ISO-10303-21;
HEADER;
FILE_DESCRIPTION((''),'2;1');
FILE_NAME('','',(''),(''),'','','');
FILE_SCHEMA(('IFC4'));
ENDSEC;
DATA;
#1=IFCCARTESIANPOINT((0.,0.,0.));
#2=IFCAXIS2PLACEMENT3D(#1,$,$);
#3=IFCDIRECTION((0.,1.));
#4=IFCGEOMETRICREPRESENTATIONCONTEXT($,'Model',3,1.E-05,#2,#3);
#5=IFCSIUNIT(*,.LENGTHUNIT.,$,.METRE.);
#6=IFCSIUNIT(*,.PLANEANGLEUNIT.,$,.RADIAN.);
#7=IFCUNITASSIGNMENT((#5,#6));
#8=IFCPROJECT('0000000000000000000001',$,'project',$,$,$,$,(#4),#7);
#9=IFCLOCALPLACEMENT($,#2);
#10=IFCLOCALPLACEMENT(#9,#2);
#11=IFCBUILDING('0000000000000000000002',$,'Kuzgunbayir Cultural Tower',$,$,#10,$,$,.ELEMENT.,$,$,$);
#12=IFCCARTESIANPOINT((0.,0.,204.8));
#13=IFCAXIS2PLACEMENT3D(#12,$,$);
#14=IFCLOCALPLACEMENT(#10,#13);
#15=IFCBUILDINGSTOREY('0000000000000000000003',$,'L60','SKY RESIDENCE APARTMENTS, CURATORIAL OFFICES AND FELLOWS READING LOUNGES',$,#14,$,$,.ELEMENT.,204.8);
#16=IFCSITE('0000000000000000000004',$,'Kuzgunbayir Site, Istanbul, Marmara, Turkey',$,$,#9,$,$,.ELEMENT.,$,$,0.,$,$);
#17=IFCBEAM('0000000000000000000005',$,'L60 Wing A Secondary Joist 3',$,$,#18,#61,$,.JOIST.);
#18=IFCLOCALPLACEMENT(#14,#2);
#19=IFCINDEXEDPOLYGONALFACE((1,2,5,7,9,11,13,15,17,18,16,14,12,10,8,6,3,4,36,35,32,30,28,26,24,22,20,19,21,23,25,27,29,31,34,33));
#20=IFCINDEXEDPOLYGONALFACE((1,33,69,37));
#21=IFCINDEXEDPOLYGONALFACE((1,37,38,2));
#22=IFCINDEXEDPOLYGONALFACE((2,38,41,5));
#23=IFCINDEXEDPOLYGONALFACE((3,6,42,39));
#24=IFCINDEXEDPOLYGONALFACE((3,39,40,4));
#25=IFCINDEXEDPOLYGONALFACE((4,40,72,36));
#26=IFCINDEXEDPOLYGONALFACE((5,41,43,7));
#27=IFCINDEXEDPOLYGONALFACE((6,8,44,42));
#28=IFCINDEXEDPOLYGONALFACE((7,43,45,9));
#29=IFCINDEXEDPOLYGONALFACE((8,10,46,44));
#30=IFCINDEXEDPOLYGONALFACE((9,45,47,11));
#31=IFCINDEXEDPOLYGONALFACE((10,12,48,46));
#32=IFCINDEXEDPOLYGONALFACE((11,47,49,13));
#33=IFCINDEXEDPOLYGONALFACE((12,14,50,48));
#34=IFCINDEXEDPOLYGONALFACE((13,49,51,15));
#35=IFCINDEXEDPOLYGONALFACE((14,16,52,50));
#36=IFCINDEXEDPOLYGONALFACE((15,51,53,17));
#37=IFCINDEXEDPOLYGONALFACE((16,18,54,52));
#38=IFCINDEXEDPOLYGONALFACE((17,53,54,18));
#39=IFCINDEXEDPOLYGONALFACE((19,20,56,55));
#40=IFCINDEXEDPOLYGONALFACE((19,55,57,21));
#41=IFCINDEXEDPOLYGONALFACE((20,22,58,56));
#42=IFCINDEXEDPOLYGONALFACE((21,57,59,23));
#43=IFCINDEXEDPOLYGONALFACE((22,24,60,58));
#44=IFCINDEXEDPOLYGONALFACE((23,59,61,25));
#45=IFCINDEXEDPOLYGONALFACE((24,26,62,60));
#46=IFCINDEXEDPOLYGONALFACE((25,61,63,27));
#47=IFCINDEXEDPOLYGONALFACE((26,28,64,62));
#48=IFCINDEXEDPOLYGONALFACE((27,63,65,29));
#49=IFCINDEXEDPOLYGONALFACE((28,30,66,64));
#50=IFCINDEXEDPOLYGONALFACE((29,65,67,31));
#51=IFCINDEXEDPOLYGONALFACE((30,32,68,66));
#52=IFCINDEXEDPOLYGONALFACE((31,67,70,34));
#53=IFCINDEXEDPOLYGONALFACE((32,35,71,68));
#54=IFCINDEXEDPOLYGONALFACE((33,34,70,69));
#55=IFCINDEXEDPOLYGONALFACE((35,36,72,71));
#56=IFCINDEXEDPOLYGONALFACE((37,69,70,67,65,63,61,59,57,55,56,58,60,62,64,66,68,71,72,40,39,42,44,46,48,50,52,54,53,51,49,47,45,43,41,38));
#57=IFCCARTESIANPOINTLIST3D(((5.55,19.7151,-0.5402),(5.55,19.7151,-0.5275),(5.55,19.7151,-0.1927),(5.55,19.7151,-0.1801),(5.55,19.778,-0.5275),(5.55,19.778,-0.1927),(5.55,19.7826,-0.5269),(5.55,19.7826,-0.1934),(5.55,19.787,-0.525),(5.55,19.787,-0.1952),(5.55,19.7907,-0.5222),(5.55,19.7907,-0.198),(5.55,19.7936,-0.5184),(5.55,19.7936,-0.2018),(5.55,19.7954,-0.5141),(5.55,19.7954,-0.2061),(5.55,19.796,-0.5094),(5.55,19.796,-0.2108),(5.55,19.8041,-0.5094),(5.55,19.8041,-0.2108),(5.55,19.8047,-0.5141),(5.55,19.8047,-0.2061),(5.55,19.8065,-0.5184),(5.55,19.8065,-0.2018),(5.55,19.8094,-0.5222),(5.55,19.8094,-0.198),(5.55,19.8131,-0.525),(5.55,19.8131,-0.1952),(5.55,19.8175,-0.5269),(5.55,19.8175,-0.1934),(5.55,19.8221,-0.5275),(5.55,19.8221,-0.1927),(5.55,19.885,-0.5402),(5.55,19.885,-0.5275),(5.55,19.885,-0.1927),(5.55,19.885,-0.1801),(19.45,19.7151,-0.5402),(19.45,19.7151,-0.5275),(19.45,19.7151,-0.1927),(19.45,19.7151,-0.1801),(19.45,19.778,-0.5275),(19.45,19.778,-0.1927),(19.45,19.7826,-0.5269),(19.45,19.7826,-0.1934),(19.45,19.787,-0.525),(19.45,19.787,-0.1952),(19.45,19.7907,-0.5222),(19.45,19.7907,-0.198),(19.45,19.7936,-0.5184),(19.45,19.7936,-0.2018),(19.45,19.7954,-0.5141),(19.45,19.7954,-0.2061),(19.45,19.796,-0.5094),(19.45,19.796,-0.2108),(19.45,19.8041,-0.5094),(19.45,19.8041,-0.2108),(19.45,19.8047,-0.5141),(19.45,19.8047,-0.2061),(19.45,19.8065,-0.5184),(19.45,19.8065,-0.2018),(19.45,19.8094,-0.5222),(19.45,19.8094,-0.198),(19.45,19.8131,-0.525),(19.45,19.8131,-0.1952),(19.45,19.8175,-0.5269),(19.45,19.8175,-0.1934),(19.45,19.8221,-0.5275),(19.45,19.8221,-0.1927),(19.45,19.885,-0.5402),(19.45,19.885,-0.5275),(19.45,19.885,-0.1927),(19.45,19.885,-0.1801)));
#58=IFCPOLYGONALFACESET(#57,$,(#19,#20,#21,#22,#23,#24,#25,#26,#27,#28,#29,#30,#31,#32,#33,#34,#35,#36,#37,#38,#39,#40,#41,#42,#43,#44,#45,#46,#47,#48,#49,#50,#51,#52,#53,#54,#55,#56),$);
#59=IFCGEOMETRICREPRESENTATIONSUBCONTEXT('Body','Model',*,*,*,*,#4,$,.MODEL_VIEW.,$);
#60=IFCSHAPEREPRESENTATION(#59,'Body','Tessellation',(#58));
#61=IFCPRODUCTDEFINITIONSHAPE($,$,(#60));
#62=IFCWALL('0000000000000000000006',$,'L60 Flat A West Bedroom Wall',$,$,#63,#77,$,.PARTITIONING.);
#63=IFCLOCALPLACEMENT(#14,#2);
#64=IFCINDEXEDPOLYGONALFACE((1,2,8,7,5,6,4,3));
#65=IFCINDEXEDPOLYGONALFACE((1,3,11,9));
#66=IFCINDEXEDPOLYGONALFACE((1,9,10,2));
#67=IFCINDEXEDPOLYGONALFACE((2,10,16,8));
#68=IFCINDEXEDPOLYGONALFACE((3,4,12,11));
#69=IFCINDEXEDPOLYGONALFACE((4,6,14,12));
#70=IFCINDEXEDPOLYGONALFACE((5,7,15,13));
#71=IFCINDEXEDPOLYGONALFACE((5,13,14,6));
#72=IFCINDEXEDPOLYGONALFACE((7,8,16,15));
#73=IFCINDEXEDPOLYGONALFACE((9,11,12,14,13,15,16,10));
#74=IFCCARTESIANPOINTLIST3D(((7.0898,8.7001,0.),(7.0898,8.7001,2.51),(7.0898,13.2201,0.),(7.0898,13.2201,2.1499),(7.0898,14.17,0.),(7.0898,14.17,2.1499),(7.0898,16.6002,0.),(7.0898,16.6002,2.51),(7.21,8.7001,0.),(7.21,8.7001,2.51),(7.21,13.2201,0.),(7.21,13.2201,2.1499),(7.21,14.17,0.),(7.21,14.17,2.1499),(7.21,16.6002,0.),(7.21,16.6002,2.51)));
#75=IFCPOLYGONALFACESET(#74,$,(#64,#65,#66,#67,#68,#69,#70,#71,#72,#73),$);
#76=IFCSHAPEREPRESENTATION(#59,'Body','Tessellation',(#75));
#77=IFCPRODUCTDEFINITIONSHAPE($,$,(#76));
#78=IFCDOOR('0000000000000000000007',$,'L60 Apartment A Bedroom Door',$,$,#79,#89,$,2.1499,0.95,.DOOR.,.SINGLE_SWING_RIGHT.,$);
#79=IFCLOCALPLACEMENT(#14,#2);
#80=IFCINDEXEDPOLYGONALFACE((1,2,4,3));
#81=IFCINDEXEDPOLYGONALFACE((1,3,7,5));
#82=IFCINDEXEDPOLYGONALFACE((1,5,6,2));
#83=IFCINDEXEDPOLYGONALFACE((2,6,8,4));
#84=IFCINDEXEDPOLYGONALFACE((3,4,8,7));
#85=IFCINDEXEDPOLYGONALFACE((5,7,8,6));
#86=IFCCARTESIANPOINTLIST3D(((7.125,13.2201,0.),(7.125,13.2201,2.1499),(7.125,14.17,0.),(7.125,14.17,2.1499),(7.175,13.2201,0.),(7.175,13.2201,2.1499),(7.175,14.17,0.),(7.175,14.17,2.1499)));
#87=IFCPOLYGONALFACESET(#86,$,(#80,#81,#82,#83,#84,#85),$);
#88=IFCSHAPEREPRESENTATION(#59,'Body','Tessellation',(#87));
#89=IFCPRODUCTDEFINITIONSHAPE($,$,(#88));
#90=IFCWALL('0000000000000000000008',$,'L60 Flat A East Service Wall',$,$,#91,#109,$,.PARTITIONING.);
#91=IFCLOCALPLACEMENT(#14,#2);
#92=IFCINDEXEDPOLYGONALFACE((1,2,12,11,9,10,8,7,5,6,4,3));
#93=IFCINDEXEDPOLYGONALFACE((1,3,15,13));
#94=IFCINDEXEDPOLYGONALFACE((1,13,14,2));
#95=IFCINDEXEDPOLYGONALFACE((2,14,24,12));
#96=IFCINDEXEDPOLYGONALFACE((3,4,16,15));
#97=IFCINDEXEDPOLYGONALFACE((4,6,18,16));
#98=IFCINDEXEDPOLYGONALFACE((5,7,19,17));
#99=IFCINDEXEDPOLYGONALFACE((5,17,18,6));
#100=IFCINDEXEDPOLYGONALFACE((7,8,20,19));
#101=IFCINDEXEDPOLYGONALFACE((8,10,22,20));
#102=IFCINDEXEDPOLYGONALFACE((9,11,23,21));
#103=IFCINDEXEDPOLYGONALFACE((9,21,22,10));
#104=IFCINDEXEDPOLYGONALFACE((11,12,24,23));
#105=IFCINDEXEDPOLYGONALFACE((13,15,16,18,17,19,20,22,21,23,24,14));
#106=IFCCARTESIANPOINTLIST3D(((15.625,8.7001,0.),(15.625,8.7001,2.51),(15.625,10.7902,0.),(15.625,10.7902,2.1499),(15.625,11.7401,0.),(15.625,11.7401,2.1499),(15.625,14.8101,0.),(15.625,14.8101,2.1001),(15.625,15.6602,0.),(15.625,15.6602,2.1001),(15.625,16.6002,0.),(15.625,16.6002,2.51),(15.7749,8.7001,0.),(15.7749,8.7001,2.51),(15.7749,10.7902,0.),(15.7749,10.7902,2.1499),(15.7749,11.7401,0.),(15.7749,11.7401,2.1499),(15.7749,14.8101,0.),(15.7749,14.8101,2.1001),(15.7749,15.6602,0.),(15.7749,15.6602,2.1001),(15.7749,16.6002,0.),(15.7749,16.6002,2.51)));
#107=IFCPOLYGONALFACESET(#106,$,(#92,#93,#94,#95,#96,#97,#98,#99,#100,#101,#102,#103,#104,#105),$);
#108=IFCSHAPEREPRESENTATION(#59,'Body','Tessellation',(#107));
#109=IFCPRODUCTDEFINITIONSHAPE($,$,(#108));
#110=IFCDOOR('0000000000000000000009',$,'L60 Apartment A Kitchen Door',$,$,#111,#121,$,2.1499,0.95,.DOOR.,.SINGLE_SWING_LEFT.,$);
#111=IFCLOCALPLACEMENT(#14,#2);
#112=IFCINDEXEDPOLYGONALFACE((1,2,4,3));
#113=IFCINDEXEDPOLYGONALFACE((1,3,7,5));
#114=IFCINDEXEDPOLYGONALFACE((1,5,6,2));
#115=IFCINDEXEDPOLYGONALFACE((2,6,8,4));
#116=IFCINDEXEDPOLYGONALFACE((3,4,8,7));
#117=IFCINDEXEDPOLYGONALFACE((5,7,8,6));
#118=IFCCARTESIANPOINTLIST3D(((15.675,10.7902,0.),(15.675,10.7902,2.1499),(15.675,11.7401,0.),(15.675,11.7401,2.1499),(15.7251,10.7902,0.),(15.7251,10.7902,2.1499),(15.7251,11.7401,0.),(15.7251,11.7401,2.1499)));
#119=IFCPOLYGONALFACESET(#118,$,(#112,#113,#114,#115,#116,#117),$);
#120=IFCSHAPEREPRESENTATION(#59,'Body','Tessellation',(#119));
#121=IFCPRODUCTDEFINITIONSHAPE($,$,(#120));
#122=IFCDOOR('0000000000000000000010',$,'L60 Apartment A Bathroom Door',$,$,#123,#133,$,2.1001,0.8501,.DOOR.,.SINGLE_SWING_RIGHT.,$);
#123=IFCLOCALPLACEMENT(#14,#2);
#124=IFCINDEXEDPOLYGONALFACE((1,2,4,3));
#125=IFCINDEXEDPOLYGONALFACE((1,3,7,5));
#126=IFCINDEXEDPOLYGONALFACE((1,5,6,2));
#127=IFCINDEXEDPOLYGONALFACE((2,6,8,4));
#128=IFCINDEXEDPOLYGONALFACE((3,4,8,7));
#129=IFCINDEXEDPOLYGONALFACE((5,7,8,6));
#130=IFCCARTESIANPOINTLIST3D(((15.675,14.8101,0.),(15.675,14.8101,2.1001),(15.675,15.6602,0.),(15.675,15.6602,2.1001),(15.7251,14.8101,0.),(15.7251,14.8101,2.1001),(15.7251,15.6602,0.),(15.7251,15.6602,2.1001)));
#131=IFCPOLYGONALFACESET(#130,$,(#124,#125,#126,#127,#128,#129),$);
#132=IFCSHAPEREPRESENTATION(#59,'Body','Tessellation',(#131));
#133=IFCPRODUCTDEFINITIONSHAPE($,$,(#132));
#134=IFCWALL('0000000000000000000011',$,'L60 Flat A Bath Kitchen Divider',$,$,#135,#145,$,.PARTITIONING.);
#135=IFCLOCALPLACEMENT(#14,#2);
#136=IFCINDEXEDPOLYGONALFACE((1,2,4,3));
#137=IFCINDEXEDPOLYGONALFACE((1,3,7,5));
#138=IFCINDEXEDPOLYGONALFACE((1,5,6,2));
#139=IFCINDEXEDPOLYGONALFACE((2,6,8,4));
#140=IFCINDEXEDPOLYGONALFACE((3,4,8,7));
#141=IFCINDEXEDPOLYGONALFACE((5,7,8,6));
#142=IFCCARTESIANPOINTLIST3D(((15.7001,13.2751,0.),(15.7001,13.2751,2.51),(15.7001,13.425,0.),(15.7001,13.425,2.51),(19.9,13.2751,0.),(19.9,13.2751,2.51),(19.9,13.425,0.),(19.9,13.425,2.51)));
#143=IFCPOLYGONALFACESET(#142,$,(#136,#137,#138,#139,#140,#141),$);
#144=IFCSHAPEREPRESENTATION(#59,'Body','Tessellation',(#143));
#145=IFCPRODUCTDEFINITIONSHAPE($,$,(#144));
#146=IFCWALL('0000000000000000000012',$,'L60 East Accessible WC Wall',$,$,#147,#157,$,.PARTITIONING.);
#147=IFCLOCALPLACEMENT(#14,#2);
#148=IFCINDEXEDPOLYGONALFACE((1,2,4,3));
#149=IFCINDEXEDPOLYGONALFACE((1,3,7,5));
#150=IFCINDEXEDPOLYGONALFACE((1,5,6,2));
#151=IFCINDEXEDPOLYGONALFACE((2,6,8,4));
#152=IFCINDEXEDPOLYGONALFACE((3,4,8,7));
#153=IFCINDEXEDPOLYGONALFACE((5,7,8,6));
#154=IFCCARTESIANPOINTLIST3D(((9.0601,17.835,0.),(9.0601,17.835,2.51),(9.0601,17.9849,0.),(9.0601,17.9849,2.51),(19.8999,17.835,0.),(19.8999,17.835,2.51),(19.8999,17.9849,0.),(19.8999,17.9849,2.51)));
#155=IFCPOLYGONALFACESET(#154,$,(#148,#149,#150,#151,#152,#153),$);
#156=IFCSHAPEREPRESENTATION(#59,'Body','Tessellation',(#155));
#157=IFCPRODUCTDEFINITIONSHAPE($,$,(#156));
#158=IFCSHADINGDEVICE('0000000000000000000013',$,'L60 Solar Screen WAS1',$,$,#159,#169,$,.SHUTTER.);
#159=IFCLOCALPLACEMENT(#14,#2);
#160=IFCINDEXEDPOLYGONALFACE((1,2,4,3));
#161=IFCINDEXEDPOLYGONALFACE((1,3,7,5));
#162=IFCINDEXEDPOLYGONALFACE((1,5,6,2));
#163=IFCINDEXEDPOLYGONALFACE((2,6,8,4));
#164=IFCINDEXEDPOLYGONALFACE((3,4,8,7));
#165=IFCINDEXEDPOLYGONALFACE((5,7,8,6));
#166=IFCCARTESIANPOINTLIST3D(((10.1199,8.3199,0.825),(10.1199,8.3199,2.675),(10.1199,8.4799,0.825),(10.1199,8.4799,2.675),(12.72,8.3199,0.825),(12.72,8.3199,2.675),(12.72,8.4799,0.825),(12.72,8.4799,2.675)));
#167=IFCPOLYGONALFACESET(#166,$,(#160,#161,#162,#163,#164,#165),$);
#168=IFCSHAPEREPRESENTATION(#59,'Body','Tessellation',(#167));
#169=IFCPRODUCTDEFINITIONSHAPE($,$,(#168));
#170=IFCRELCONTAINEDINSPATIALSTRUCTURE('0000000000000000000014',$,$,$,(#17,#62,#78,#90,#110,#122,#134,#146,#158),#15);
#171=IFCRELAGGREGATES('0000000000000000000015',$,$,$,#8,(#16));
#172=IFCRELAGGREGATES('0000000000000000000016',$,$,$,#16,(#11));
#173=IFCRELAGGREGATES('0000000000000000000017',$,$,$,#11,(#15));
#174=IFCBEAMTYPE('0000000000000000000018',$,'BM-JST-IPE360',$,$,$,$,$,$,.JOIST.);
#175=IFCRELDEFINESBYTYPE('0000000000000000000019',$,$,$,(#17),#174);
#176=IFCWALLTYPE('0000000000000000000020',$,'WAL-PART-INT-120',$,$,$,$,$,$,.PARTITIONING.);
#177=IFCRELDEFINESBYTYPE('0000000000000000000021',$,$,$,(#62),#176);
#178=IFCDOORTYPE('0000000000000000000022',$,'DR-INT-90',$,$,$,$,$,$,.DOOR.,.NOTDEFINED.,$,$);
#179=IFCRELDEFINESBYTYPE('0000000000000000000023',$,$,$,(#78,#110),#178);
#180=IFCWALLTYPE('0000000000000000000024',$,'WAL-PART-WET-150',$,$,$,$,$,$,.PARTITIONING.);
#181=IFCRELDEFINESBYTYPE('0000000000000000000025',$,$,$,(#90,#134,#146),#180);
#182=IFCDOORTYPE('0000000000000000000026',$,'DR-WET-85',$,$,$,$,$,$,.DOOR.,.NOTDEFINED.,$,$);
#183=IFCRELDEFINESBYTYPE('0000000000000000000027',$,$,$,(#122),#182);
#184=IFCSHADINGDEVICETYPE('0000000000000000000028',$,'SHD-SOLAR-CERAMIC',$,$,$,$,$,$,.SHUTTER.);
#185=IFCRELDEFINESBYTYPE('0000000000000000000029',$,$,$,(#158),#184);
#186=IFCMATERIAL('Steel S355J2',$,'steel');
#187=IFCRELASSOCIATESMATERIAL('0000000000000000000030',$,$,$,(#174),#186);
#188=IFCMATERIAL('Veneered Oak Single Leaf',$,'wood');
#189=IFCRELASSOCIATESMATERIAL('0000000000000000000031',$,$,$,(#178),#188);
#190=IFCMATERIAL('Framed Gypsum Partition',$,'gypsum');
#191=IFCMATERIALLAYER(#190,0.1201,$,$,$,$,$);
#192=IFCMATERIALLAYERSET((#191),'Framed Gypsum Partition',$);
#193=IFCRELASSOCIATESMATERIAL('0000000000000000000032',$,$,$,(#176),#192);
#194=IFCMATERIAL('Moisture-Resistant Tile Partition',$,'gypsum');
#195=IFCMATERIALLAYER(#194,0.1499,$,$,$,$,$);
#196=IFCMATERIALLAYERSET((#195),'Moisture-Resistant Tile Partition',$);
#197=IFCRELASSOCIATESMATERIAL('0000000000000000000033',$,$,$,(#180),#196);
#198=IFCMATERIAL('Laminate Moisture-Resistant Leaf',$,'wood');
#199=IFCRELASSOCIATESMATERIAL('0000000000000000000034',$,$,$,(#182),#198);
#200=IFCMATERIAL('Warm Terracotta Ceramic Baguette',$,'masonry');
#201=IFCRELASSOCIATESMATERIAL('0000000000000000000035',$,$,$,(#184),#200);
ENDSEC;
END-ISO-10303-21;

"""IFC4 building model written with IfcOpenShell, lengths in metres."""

from ifc_helpers import new_model, si_unit, direction, frame, frame_2d, origin, origin_2d, place, context, subcontext, project, spatial, rectangle, i_section, extrude, material, layer, layer_set, material_profile, profile_set, type_object, element, fill, save


model = new_model("IFC4")

# Units and contexts
model_context = context("Model", 3, precision=1e-05, world=origin(), true_north=direction((0.0, 1.0)))
body_context = subcontext(model_context, "Body", "Model", "MODEL_VIEW")
ifc_project = project(units=[si_unit("LENGTHUNIT", "METRE"), si_unit("PLANEANGLEUNIT", "RADIAN")], contexts=[model_context])

# Site, building, storey
site_placement = place(None, origin())
site = spatial("IfcSite", under=ifc_project, at=site_placement, Name="Kuzgunbayir Site, Istanbul, Marmara, Turkey", CompositionType="ELEMENT", RefElevation=0.0)
building_placement = place(site_placement, origin())
building = spatial("IfcBuilding", under=site, at=building_placement, Name="Kuzgunbayir Cultural Tower", CompositionType="ELEMENT")
storey_placement = place(building_placement, frame((0.0, 0.0, 204.8)))
storey = spatial("IfcBuildingStorey", under=building, at=storey_placement, Name="L60", Description="SKY RESIDENCE APARTMENTS, CURATORIAL OFFICES AND FELLOWS READING LOUNGES", CompositionType="ELEMENT", Elevation=204.8)

# Beam
ifc_material_1 = material(Name="Steel S355J2", Category="steel")
ifc_material_profile = material_profile(ifc_material_1, i_section(OverallWidth=0.1699, OverallDepth=0.3601, WebThickness=0.0081, FlangeThickness=0.0127, FilletRadius=0.0181, at=origin_2d()), Name="IPE 360")
ifc_profile_set = profile_set([ifc_material_profile], Name="Steel S355J2")
beam_type = type_object("IfcBeamType", Name="BM-JST-IPE360", PredefinedType="JOIST", material=ifc_profile_set)
beam_placement = place(storey_placement, frame((5.55, 19.8, -0.3601), z_axis=(1.0, 0.0, 0.0), x_axis=(0.0, 1.0, 0.0)))
element("IfcBeam", 1, at=beam_placement, inside=storey, type_object=beam_type, Name="L60 Wing A Secondary Joist 3", PredefinedType="JOIST", context=body_context, shape_type="SweptSolid", body=[
    extrude(i_section(OverallWidth=0.1699, OverallDepth=0.3601, WebThickness=0.0081, FlangeThickness=0.0127, FilletRadius=0.0181, at=origin_2d()), origin(), (0.0, 0.0, 1.0), 13.8999),
])

# Shared definitions
ifc_material_2 = material(Name="Veneered Oak Single Leaf", Category="wood")
door_type_1 = type_object("IfcDoorType", Name="DR-INT-90", OperationType="NOTDEFINED", PredefinedType="DOOR", material=ifc_material_2)
ifc_material_3 = material(Name="Laminate Moisture-Resistant Leaf", Category="wood")

# Wall, opening, door
ifc_material_4 = material(Name="Framed Gypsum Partition", Category="gypsum")
ifc_layer_1 = layer(ifc_material_4, 0.1201)
ifc_layer_set_1 = layer_set([ifc_layer_1], Name="Framed Gypsum Partition")
wall_type_1 = type_object("IfcWallType", Name="WAL-PART-INT-120", PredefinedType="PARTITIONING", material=ifc_layer_set_1)
wall_1_placement = place(storey_placement, frame((7.1499, 8.7, 0.0), z_axis=(0.0, 0.0, 1.0), x_axis=(0.0, 1.0, 0.0)))
wall_1 = element("IfcWall", 2, at=wall_1_placement, inside=storey, type_object=wall_type_1, Name="L60 Flat A West Bedroom Wall", PredefinedType="PARTITIONING", context=body_context, shape_type="SweptSolid", body=[
    extrude(rectangle(XDim=7.9001, YDim=0.1201, at=frame_2d((3.9502, 0.0))), origin(), (0.0, 0.0, 1.0), 2.51),
])
opening_1_placement = place(wall_1_placement, frame((4.52, 0.0, 0.0)))
opening_1 = element("IfcOpeningElement", 3, at=opening_1_placement, cuts=wall_1, PredefinedType="OPENING", context=body_context, shape_type="SweptSolid", body=[
    extrude(rectangle(XDim=0.95, YDim=2.1499, at=frame_2d((0.4751, 1.075))), frame((0.0, 0.0701, 0.0), z_axis=(0.0, -1.0, 0.0), x_axis=(1.0, 0.0, 0.0)), (0.0, 0.0, 1.0), 0.1401),
])
door_1_placement = place(opening_1_placement, origin())
door_1 = element("IfcDoor", 4, at=door_1_placement, inside=storey, type_object=door_type_1, Name="L60 Apartment A Bedroom Door", OperationType="SINGLE_SWING_RIGHT", OverallHeight=2.1499, OverallWidth=0.95, PredefinedType="DOOR", context=body_context, shape_type="SweptSolid", body=[
    extrude(rectangle(XDim=0.95, YDim=2.1499, at=frame_2d((0.4751, 1.075))), frame((0.0, 0.0249, 0.0), z_axis=(0.0, -1.0, 0.0), x_axis=(1.0, 0.0, 0.0)), (0.0, 0.0, 1.0), 0.05),
])
fill(opening_1, door_1)

# Wall, openings, doors
ifc_material_5 = material(Name="Moisture-Resistant Tile Partition", Category="gypsum")
ifc_layer_2 = layer(ifc_material_5, 0.1499)
ifc_layer_set_2 = layer_set([ifc_layer_2], Name="Moisture-Resistant Tile Partition")
wall_type_2 = type_object("IfcWallType", Name="WAL-PART-WET-150", PredefinedType="PARTITIONING", material=ifc_layer_set_2)
wall_2_placement = place(storey_placement, frame((15.7, 8.7, 0.0), z_axis=(0.0, 0.0, 1.0), x_axis=(0.0, 1.0, 0.0)))
wall_2 = element("IfcWall", 5, at=wall_2_placement, inside=storey, type_object=wall_type_2, Name="L60 Flat A East Service Wall", PredefinedType="PARTITIONING", context=body_context, shape_type="SweptSolid", body=[
    extrude(rectangle(XDim=7.9001, YDim=0.1499, at=frame_2d((3.9502, 0.0))), origin(), (0.0, 0.0, 1.0), 2.51),
])
opening_2_placement = place(wall_2_placement, frame((2.0901, 0.0, 0.0)))
opening_2 = element("IfcOpeningElement", 6, at=opening_2_placement, cuts=wall_2, PredefinedType="OPENING", context=body_context, shape_type="SweptSolid", body=[
    extrude(rectangle(XDim=0.95, YDim=2.1499, at=frame_2d((0.4751, 1.075))), frame((0.0, 0.085, 0.0), z_axis=(0.0, -1.0, 0.0), x_axis=(1.0, 0.0, 0.0)), (0.0, 0.0, 1.0), 0.1699),
])
opening_3_placement = place(wall_2_placement, frame((6.1101, 0.0, 0.0)))
opening_3 = element("IfcOpeningElement", 7, at=opening_3_placement, cuts=wall_2, PredefinedType="OPENING", context=body_context, shape_type="SweptSolid", body=[
    extrude(rectangle(XDim=0.8501, YDim=2.1001, at=frame_2d((0.425, 1.05))), frame((0.0, 0.085, 0.0), z_axis=(0.0, -1.0, 0.0), x_axis=(1.0, 0.0, 0.0)), (0.0, 0.0, 1.0), 0.1699),
])
door_2_placement = place(opening_2_placement, origin())
door_2 = element("IfcDoor", 8, at=door_2_placement, inside=storey, type_object=door_type_1, Name="L60 Apartment A Kitchen Door", OperationType="SINGLE_SWING_LEFT", OverallHeight=2.1499, OverallWidth=0.95, PredefinedType="DOOR", context=body_context, shape_type="SweptSolid", body=[
    extrude(rectangle(XDim=0.95, YDim=2.1499, at=frame_2d((0.4751, 1.075))), frame((0.0, 0.0249, 0.0), z_axis=(0.0, -1.0, 0.0), x_axis=(1.0, 0.0, 0.0)), (0.0, 0.0, 1.0), 0.05),
])
fill(opening_2, door_2)
door_type_2 = type_object("IfcDoorType", Name="DR-WET-85", OperationType="NOTDEFINED", PredefinedType="DOOR", material=ifc_material_3)
door_3_placement = place(opening_3_placement, origin())
door_3 = element("IfcDoor", 9, at=door_3_placement, inside=storey, type_object=door_type_2, Name="L60 Apartment A Bathroom Door", OperationType="SINGLE_SWING_RIGHT", OverallHeight=2.1001, OverallWidth=0.8501, PredefinedType="DOOR", context=body_context, shape_type="SweptSolid", body=[
    extrude(rectangle(XDim=0.8501, YDim=2.1001, at=frame_2d((0.425, 1.05))), frame((0.0, 0.0249, 0.0), z_axis=(0.0, -1.0, 0.0), x_axis=(1.0, 0.0, 0.0)), (0.0, 0.0, 1.0), 0.05),
])
fill(opening_3, door_3)

# Walls
wall_3_placement = place(storey_placement, frame((15.7, 13.3501, 0.0), z_axis=(0.0, 0.0, 1.0), x_axis=(1.0, 0.0, 0.0)))
element("IfcWall", 10, at=wall_3_placement, inside=storey, type_object=wall_type_2, Name="L60 Flat A Bath Kitchen Divider", PredefinedType="PARTITIONING", context=body_context, shape_type="SweptSolid", body=[
    extrude(rectangle(XDim=4.2, YDim=0.1499, at=frame_2d((2.1001, 0.0))), origin(), (0.0, 0.0, 1.0), 2.51),
])
wall_4_placement = place(storey_placement, frame((9.0601, 17.9099, 0.0), z_axis=(0.0, 0.0, 1.0), x_axis=(1.0, 0.0, 0.0)))
element("IfcWall", 11, at=wall_4_placement, inside=storey, type_object=wall_type_2, Name="L60 East Accessible WC Wall", PredefinedType="PARTITIONING", context=body_context, shape_type="SweptSolid", body=[
    extrude(rectangle(XDim=10.8398, YDim=0.1499, at=frame_2d((5.4199, 0.0))), origin(), (0.0, 0.0, 1.0), 2.51),
])

# Shading device
ifc_material_6 = material(Name="Warm Terracotta Ceramic Baguette", Category="masonry")
shading_device_type = type_object("IfcShadingDeviceType", Name="SHD-SOLAR-CERAMIC", PredefinedType="SHUTTER", material=ifc_material_6)
for number, where, z_axis, x_axis, name in (
    (12, (11.4199, 8.3999, 0.825), (0.0, 0.0, 1.0), (1.0, 0.0, 0.0), "L60 Solar Screen WAS1"),
):
    element("IfcShadingDevice", number, at=place(storey_placement, frame(where, z_axis=z_axis, x_axis=x_axis)), inside=storey, type_object=shading_device_type, Name=name, PredefinedType="SHUTTER", context=body_context, shape_type="SweptSolid", body=[
        extrude(rectangle(XDim=2.6001, YDim=0.1599, at=origin_2d()), origin(), (0.0, 0.0, 1.0), 1.8501),
    ])

save(model, "model.ifc")
